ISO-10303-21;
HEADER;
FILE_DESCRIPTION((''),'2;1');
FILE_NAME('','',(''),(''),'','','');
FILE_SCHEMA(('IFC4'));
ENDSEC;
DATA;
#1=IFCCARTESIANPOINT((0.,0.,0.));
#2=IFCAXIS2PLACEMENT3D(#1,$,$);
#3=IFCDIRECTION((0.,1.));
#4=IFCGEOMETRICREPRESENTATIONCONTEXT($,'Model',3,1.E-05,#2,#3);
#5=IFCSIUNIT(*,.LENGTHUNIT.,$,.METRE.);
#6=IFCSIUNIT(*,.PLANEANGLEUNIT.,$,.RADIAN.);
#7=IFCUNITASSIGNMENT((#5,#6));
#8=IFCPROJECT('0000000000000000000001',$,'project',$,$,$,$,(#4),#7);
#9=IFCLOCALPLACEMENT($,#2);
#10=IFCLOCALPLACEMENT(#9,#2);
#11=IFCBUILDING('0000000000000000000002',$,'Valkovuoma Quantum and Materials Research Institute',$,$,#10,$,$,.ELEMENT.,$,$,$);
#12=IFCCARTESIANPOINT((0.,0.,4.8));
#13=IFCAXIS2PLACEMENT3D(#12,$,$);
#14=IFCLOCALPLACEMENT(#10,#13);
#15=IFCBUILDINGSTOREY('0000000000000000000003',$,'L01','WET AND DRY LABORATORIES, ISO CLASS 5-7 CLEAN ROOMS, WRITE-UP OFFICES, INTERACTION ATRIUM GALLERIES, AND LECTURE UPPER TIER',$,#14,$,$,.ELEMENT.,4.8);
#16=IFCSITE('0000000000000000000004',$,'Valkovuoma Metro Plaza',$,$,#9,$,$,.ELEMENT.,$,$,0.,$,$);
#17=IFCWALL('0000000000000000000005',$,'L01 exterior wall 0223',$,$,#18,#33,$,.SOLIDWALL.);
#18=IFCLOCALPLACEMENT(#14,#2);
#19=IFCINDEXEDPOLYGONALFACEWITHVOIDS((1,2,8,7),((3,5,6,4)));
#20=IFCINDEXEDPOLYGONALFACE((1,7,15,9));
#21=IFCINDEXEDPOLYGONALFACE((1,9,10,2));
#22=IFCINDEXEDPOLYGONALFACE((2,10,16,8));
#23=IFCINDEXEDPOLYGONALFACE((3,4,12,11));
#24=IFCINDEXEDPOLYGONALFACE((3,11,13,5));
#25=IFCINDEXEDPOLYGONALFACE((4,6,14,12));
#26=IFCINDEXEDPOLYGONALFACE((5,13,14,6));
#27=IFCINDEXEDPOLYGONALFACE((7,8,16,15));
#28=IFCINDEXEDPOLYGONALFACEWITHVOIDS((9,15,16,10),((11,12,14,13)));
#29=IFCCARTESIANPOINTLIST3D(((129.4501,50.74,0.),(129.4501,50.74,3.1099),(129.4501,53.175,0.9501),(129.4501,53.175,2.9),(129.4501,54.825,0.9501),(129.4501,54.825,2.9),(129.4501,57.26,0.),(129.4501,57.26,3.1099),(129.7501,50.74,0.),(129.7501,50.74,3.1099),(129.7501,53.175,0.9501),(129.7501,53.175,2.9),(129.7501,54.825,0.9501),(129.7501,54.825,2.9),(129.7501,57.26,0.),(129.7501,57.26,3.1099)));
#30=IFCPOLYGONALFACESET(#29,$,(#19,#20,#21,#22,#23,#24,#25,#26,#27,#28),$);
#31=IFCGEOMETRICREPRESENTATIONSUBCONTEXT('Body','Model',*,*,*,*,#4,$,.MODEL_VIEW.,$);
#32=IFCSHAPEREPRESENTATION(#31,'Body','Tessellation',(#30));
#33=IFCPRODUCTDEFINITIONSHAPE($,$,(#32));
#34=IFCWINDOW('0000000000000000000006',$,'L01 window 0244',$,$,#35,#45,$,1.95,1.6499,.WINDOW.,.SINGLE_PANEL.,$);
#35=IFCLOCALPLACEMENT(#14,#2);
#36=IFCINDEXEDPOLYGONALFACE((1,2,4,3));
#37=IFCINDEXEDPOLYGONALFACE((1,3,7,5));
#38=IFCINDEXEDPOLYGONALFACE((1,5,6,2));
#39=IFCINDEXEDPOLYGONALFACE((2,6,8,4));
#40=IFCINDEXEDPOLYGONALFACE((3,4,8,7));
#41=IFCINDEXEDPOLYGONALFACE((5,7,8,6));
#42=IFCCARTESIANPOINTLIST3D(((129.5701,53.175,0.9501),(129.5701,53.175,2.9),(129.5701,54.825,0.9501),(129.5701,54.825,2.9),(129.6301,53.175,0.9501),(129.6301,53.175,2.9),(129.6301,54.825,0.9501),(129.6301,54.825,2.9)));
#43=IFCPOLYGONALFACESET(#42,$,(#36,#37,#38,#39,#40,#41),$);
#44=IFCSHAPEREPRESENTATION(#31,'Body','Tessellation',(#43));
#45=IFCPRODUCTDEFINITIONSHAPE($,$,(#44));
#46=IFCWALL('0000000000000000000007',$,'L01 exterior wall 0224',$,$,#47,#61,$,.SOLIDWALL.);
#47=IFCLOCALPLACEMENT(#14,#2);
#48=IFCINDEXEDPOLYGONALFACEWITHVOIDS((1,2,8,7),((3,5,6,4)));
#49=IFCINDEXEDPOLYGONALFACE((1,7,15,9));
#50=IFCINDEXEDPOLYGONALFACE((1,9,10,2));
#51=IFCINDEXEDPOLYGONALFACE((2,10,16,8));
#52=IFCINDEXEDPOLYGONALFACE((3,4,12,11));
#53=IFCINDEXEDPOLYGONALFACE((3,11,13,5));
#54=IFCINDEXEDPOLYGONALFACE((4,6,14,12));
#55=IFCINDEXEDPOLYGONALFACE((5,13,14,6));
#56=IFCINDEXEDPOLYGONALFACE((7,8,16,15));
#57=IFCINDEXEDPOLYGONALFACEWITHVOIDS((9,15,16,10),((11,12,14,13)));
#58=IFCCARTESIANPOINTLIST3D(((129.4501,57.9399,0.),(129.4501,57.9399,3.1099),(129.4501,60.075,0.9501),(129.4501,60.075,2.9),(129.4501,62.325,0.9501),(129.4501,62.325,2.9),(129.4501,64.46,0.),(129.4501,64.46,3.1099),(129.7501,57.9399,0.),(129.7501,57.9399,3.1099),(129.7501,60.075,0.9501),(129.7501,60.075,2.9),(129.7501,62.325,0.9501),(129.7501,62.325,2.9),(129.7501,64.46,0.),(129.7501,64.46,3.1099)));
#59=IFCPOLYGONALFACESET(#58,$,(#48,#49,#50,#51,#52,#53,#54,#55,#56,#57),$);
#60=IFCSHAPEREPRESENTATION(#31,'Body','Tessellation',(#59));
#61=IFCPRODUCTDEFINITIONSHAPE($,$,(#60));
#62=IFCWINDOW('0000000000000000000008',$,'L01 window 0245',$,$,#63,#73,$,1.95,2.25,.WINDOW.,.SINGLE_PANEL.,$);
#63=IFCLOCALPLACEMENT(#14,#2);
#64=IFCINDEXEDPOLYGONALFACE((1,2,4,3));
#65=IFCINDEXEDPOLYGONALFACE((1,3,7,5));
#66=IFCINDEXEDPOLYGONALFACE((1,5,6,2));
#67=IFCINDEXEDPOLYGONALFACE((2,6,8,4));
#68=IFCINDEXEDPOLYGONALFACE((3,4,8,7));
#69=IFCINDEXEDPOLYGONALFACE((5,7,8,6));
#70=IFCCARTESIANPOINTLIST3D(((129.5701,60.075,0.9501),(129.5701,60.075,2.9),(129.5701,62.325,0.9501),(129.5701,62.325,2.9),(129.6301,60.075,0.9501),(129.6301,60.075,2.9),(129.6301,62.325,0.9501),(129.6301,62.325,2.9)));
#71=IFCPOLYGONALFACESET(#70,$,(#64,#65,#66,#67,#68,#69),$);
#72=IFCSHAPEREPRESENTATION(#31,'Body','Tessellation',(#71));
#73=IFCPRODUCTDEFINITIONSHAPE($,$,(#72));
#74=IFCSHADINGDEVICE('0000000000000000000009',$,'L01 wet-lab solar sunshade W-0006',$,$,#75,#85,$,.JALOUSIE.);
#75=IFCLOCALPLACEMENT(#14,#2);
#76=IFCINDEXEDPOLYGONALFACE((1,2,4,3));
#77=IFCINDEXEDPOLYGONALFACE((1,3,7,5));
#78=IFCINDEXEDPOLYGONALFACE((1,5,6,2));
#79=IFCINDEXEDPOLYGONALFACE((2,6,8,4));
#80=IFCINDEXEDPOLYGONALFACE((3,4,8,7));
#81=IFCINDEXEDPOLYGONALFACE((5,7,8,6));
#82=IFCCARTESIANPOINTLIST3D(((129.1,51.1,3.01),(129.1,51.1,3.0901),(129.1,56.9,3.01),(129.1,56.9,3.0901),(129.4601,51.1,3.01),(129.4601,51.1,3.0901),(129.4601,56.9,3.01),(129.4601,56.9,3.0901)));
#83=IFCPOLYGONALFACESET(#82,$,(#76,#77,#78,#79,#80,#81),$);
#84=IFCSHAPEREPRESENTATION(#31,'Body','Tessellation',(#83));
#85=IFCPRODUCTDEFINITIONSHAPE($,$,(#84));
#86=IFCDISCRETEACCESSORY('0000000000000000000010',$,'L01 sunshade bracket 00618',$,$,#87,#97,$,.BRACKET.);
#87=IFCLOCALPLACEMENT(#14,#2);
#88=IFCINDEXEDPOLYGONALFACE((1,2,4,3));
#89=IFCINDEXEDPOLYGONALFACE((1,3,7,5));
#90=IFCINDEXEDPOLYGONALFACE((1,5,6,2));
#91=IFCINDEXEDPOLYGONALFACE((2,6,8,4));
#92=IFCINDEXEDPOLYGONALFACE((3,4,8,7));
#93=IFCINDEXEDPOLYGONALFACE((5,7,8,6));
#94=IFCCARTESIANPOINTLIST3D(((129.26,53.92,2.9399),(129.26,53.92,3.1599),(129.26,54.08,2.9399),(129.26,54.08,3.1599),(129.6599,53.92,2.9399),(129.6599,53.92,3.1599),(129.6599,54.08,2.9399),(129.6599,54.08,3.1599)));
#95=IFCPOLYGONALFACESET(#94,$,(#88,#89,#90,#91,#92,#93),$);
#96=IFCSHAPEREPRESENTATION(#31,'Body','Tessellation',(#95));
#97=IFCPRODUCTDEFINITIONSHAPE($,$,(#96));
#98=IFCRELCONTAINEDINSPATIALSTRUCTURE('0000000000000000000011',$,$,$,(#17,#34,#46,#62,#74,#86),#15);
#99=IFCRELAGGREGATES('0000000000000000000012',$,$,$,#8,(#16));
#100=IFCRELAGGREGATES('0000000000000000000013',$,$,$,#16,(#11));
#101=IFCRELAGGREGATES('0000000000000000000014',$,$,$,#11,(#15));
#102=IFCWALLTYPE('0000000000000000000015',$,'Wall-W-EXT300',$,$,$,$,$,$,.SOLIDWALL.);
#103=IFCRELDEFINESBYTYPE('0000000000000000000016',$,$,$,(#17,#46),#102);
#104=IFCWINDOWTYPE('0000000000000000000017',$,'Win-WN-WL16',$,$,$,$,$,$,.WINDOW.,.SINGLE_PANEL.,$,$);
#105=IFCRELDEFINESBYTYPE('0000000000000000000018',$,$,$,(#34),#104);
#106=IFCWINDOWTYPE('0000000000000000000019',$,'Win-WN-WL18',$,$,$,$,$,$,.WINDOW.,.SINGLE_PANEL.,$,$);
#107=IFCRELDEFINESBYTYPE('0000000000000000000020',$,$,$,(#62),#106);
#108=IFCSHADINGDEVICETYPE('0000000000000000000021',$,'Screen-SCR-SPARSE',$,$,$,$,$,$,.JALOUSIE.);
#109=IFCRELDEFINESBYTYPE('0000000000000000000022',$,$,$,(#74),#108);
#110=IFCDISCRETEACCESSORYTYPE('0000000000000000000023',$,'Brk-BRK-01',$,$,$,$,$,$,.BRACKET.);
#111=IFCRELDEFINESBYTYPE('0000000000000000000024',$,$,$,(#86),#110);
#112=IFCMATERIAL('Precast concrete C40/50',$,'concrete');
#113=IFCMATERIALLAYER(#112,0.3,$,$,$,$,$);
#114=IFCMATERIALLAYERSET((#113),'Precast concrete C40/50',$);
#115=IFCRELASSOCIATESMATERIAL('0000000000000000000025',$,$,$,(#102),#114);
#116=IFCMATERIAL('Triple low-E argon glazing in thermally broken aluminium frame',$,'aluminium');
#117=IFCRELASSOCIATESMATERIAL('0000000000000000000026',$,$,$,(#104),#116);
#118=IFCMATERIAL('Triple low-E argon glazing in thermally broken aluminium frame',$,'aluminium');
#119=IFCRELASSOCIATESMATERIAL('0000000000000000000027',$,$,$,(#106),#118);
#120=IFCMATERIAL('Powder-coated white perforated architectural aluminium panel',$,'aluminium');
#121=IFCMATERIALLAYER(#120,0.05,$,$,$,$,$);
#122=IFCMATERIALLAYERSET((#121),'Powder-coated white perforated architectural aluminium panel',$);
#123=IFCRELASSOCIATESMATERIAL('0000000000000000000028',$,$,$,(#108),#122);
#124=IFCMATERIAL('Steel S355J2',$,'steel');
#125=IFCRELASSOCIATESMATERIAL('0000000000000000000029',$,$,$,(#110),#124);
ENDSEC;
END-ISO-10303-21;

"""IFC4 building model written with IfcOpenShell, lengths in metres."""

from ifc_helpers import new_model, si_unit, direction, frame, frame_2d, origin, origin_2d, place, context, subcontext, project, spatial, rectangle, extrude, material, layer, layer_set, type_object, element, fill, save


model = new_model("IFC4")

# Units and contexts
model_context = context("Model", 3, precision=1e-05, world=origin(), true_north=direction((0.0, 1.0)))
body_context = subcontext(model_context, "Body", "Model", "MODEL_VIEW")
ifc_project = project(units=[si_unit("LENGTHUNIT", "METRE"), si_unit("PLANEANGLEUNIT", "RADIAN")], contexts=[model_context])

# Site, building, storey
site_placement = place(None, origin())
site = spatial("IfcSite", under=ifc_project, at=site_placement, Name="Valkovuoma Metro Plaza", CompositionType="ELEMENT", RefElevation=0.0)
building_placement = place(site_placement, origin())
building = spatial("IfcBuilding", under=site, at=building_placement, Name="Valkovuoma Quantum and Materials Research Institute", CompositionType="ELEMENT")
storey_placement = place(building_placement, frame((0.0, 0.0, 4.8)))
storey = spatial("IfcBuildingStorey", under=building, at=storey_placement, Name="L01", Description="WET AND DRY LABORATORIES, ISO CLASS 5-7 CLEAN ROOMS, WRITE-UP OFFICES, INTERACTION ATRIUM GALLERIES, AND LECTURE UPPER TIER", CompositionType="ELEMENT", Elevation=4.8)

# Walls, openings, windows
ifc_material_1 = material(Name="Precast concrete C40/50", Category="concrete")
ifc_layer_1 = layer(ifc_material_1, 0.3)
ifc_layer_set_1 = layer_set([ifc_layer_1], Name="Precast concrete C40/50")
wall_type = type_object("IfcWallType", Name="Wall-W-EXT300", PredefinedType="SOLIDWALL", material=ifc_layer_set_1)
wall_1_placement = place(storey_placement, frame((129.6001, 50.74, 0.0), z_axis=(0.0, 0.0, 1.0), x_axis=(0.0, 1.0, 0.0)))
wall_1 = element("IfcWall", 1, at=wall_1_placement, inside=storey, type_object=wall_type, Name="L01 exterior wall 0223", PredefinedType="SOLIDWALL", context=body_context, shape_type="SweptSolid", body=[
    extrude(rectangle(XDim=6.52, YDim=0.3, at=frame_2d((3.26, 0.0))), origin(), (0.0, 0.0, 1.0), 3.1099),
])
opening_1_placement = place(wall_1_placement, frame((2.4351, 0.0, 0.95)))
opening_1 = element("IfcOpeningElement", 2, at=opening_1_placement, cuts=wall_1, PredefinedType="OPENING", context=body_context, shape_type="SweptSolid", body=[
    extrude(rectangle(XDim=1.6499, YDim=1.95, at=frame_2d((0.825, 0.9751))), frame((0.0, 0.1602, 0.0), z_axis=(0.0, -1.0, 0.0), x_axis=(1.0, 0.0, 0.0)), (0.0, 0.0, 1.0), 0.3201),
])
ifc_material_2 = material(Name="Triple low-E argon glazing in thermally broken aluminium frame", Category="aluminium")
window_type_1 = type_object("IfcWindowType", Name="Win-WN-WL16", PartitioningType="SINGLE_PANEL", PredefinedType="WINDOW", material=ifc_material_2)
window_1_placement = place(opening_1_placement, origin())
window_1 = element("IfcWindow", 3, at=window_1_placement, inside=storey, type_object=window_type_1, Name="L01 window 0244", OverallHeight=1.95, OverallWidth=1.6499, PartitioningType="SINGLE_PANEL", PredefinedType="WINDOW", context=body_context, shape_type="SweptSolid", body=[
    extrude(rectangle(XDim=1.6499, YDim=1.95, at=frame_2d((0.825, 0.9751))), frame((0.0, 0.03, 0.0), z_axis=(0.0, -1.0, 0.0), x_axis=(1.0, 0.0, 0.0)), (0.0, 0.0, 1.0), 0.0601),
])
fill(opening_1, window_1)
wall_2_placement = place(storey_placement, frame((129.6001, 57.9399, 0.0), z_axis=(0.0, 0.0, 1.0), x_axis=(0.0, 1.0, 0.0)))
wall_2 = element("IfcWall", 4, at=wall_2_placement, inside=storey, type_object=wall_type, Name="L01 exterior wall 0224", PredefinedType="SOLIDWALL", context=body_context, shape_type="SweptSolid", body=[
    extrude(rectangle(XDim=6.52, YDim=0.3, at=frame_2d((3.26, 0.0))), origin(), (0.0, 0.0, 1.0), 3.1099),
])
opening_2_placement = place(wall_2_placement, frame((2.135, 0.0, 0.95)))
opening_2 = element("IfcOpeningElement", 5, at=opening_2_placement, cuts=wall_2, PredefinedType="OPENING", context=body_context, shape_type="SweptSolid", body=[
    extrude(rectangle(XDim=2.25, YDim=1.95, at=frame_2d((1.125, 0.9751))), frame((0.0, 0.1602, 0.0), z_axis=(0.0, -1.0, 0.0), x_axis=(1.0, 0.0, 0.0)), (0.0, 0.0, 1.0), 0.3201),
])
ifc_material_3 = material(Name="Triple low-E argon glazing in thermally broken aluminium frame", Category="aluminium")
window_type_2 = type_object("IfcWindowType", Name="Win-WN-WL18", PartitioningType="SINGLE_PANEL", PredefinedType="WINDOW", material=ifc_material_3)
window_2_placement = place(opening_2_placement, origin())
window_2 = element("IfcWindow", 6, at=window_2_placement, inside=storey, type_object=window_type_2, Name="L01 window 0245", OverallHeight=1.95, OverallWidth=2.25, PartitioningType="SINGLE_PANEL", PredefinedType="WINDOW", context=body_context, shape_type="SweptSolid", body=[
    extrude(rectangle(XDim=2.25, YDim=1.95, at=frame_2d((1.125, 0.9751))), frame((0.0, 0.03, 0.0), z_axis=(0.0, -1.0, 0.0), x_axis=(1.0, 0.0, 0.0)), (0.0, 0.0, 1.0), 0.0601),
])
fill(opening_2, window_2)

# Shading device
ifc_material_4 = material(Name="Powder-coated white perforated architectural aluminium panel", Category="aluminium")
ifc_layer_2 = layer(ifc_material_4, 0.05)
ifc_layer_set_2 = layer_set([ifc_layer_2], Name="Powder-coated white perforated architectural aluminium panel")
shading_device_type = type_object("IfcShadingDeviceType", Name="Screen-SCR-SPARSE", PredefinedType="JALOUSIE", material=ifc_layer_set_2)
shading_device_placement = place(storey_placement, frame((129.28, 54.0, 3.01), z_axis=(0.0, 0.0, 1.0), x_axis=(1.0, 0.0, 0.0)))
element("IfcShadingDevice", 7, at=shading_device_placement, inside=storey, type_object=shading_device_type, Name="L01 wet-lab solar sunshade W-0006", PredefinedType="JALOUSIE", context=body_context, shape_type="SweptSolid", body=[
    extrude(rectangle(XDim=0.3601, YDim=5.8, at=origin_2d()), origin(), (0.0, 0.0, 1.0), 0.0801),
])

# Discrete accessory
ifc_material_5 = material(Name="Steel S355J2", Category="steel")
discrete_accessory_type = type_object("IfcDiscreteAccessoryType", Name="Brk-BRK-01", PredefinedType="BRACKET", material=ifc_material_5)
discrete_accessory_placement = place(storey_placement, frame((129.46, 54.0, 2.9399), z_axis=(0.0, 0.0, 1.0), x_axis=(1.0, 0.0, 0.0)))
element("IfcDiscreteAccessory", 8, at=discrete_accessory_placement, inside=storey, type_object=discrete_accessory_type, Name="L01 sunshade bracket 00618", PredefinedType="BRACKET", context=body_context, shape_type="SweptSolid", body=[
    extrude(rectangle(XDim=0.3999, YDim=0.1599, at=origin_2d()), origin(), (0.0, 0.0, 1.0), 0.22),
])

save(model, "model.ifc")
